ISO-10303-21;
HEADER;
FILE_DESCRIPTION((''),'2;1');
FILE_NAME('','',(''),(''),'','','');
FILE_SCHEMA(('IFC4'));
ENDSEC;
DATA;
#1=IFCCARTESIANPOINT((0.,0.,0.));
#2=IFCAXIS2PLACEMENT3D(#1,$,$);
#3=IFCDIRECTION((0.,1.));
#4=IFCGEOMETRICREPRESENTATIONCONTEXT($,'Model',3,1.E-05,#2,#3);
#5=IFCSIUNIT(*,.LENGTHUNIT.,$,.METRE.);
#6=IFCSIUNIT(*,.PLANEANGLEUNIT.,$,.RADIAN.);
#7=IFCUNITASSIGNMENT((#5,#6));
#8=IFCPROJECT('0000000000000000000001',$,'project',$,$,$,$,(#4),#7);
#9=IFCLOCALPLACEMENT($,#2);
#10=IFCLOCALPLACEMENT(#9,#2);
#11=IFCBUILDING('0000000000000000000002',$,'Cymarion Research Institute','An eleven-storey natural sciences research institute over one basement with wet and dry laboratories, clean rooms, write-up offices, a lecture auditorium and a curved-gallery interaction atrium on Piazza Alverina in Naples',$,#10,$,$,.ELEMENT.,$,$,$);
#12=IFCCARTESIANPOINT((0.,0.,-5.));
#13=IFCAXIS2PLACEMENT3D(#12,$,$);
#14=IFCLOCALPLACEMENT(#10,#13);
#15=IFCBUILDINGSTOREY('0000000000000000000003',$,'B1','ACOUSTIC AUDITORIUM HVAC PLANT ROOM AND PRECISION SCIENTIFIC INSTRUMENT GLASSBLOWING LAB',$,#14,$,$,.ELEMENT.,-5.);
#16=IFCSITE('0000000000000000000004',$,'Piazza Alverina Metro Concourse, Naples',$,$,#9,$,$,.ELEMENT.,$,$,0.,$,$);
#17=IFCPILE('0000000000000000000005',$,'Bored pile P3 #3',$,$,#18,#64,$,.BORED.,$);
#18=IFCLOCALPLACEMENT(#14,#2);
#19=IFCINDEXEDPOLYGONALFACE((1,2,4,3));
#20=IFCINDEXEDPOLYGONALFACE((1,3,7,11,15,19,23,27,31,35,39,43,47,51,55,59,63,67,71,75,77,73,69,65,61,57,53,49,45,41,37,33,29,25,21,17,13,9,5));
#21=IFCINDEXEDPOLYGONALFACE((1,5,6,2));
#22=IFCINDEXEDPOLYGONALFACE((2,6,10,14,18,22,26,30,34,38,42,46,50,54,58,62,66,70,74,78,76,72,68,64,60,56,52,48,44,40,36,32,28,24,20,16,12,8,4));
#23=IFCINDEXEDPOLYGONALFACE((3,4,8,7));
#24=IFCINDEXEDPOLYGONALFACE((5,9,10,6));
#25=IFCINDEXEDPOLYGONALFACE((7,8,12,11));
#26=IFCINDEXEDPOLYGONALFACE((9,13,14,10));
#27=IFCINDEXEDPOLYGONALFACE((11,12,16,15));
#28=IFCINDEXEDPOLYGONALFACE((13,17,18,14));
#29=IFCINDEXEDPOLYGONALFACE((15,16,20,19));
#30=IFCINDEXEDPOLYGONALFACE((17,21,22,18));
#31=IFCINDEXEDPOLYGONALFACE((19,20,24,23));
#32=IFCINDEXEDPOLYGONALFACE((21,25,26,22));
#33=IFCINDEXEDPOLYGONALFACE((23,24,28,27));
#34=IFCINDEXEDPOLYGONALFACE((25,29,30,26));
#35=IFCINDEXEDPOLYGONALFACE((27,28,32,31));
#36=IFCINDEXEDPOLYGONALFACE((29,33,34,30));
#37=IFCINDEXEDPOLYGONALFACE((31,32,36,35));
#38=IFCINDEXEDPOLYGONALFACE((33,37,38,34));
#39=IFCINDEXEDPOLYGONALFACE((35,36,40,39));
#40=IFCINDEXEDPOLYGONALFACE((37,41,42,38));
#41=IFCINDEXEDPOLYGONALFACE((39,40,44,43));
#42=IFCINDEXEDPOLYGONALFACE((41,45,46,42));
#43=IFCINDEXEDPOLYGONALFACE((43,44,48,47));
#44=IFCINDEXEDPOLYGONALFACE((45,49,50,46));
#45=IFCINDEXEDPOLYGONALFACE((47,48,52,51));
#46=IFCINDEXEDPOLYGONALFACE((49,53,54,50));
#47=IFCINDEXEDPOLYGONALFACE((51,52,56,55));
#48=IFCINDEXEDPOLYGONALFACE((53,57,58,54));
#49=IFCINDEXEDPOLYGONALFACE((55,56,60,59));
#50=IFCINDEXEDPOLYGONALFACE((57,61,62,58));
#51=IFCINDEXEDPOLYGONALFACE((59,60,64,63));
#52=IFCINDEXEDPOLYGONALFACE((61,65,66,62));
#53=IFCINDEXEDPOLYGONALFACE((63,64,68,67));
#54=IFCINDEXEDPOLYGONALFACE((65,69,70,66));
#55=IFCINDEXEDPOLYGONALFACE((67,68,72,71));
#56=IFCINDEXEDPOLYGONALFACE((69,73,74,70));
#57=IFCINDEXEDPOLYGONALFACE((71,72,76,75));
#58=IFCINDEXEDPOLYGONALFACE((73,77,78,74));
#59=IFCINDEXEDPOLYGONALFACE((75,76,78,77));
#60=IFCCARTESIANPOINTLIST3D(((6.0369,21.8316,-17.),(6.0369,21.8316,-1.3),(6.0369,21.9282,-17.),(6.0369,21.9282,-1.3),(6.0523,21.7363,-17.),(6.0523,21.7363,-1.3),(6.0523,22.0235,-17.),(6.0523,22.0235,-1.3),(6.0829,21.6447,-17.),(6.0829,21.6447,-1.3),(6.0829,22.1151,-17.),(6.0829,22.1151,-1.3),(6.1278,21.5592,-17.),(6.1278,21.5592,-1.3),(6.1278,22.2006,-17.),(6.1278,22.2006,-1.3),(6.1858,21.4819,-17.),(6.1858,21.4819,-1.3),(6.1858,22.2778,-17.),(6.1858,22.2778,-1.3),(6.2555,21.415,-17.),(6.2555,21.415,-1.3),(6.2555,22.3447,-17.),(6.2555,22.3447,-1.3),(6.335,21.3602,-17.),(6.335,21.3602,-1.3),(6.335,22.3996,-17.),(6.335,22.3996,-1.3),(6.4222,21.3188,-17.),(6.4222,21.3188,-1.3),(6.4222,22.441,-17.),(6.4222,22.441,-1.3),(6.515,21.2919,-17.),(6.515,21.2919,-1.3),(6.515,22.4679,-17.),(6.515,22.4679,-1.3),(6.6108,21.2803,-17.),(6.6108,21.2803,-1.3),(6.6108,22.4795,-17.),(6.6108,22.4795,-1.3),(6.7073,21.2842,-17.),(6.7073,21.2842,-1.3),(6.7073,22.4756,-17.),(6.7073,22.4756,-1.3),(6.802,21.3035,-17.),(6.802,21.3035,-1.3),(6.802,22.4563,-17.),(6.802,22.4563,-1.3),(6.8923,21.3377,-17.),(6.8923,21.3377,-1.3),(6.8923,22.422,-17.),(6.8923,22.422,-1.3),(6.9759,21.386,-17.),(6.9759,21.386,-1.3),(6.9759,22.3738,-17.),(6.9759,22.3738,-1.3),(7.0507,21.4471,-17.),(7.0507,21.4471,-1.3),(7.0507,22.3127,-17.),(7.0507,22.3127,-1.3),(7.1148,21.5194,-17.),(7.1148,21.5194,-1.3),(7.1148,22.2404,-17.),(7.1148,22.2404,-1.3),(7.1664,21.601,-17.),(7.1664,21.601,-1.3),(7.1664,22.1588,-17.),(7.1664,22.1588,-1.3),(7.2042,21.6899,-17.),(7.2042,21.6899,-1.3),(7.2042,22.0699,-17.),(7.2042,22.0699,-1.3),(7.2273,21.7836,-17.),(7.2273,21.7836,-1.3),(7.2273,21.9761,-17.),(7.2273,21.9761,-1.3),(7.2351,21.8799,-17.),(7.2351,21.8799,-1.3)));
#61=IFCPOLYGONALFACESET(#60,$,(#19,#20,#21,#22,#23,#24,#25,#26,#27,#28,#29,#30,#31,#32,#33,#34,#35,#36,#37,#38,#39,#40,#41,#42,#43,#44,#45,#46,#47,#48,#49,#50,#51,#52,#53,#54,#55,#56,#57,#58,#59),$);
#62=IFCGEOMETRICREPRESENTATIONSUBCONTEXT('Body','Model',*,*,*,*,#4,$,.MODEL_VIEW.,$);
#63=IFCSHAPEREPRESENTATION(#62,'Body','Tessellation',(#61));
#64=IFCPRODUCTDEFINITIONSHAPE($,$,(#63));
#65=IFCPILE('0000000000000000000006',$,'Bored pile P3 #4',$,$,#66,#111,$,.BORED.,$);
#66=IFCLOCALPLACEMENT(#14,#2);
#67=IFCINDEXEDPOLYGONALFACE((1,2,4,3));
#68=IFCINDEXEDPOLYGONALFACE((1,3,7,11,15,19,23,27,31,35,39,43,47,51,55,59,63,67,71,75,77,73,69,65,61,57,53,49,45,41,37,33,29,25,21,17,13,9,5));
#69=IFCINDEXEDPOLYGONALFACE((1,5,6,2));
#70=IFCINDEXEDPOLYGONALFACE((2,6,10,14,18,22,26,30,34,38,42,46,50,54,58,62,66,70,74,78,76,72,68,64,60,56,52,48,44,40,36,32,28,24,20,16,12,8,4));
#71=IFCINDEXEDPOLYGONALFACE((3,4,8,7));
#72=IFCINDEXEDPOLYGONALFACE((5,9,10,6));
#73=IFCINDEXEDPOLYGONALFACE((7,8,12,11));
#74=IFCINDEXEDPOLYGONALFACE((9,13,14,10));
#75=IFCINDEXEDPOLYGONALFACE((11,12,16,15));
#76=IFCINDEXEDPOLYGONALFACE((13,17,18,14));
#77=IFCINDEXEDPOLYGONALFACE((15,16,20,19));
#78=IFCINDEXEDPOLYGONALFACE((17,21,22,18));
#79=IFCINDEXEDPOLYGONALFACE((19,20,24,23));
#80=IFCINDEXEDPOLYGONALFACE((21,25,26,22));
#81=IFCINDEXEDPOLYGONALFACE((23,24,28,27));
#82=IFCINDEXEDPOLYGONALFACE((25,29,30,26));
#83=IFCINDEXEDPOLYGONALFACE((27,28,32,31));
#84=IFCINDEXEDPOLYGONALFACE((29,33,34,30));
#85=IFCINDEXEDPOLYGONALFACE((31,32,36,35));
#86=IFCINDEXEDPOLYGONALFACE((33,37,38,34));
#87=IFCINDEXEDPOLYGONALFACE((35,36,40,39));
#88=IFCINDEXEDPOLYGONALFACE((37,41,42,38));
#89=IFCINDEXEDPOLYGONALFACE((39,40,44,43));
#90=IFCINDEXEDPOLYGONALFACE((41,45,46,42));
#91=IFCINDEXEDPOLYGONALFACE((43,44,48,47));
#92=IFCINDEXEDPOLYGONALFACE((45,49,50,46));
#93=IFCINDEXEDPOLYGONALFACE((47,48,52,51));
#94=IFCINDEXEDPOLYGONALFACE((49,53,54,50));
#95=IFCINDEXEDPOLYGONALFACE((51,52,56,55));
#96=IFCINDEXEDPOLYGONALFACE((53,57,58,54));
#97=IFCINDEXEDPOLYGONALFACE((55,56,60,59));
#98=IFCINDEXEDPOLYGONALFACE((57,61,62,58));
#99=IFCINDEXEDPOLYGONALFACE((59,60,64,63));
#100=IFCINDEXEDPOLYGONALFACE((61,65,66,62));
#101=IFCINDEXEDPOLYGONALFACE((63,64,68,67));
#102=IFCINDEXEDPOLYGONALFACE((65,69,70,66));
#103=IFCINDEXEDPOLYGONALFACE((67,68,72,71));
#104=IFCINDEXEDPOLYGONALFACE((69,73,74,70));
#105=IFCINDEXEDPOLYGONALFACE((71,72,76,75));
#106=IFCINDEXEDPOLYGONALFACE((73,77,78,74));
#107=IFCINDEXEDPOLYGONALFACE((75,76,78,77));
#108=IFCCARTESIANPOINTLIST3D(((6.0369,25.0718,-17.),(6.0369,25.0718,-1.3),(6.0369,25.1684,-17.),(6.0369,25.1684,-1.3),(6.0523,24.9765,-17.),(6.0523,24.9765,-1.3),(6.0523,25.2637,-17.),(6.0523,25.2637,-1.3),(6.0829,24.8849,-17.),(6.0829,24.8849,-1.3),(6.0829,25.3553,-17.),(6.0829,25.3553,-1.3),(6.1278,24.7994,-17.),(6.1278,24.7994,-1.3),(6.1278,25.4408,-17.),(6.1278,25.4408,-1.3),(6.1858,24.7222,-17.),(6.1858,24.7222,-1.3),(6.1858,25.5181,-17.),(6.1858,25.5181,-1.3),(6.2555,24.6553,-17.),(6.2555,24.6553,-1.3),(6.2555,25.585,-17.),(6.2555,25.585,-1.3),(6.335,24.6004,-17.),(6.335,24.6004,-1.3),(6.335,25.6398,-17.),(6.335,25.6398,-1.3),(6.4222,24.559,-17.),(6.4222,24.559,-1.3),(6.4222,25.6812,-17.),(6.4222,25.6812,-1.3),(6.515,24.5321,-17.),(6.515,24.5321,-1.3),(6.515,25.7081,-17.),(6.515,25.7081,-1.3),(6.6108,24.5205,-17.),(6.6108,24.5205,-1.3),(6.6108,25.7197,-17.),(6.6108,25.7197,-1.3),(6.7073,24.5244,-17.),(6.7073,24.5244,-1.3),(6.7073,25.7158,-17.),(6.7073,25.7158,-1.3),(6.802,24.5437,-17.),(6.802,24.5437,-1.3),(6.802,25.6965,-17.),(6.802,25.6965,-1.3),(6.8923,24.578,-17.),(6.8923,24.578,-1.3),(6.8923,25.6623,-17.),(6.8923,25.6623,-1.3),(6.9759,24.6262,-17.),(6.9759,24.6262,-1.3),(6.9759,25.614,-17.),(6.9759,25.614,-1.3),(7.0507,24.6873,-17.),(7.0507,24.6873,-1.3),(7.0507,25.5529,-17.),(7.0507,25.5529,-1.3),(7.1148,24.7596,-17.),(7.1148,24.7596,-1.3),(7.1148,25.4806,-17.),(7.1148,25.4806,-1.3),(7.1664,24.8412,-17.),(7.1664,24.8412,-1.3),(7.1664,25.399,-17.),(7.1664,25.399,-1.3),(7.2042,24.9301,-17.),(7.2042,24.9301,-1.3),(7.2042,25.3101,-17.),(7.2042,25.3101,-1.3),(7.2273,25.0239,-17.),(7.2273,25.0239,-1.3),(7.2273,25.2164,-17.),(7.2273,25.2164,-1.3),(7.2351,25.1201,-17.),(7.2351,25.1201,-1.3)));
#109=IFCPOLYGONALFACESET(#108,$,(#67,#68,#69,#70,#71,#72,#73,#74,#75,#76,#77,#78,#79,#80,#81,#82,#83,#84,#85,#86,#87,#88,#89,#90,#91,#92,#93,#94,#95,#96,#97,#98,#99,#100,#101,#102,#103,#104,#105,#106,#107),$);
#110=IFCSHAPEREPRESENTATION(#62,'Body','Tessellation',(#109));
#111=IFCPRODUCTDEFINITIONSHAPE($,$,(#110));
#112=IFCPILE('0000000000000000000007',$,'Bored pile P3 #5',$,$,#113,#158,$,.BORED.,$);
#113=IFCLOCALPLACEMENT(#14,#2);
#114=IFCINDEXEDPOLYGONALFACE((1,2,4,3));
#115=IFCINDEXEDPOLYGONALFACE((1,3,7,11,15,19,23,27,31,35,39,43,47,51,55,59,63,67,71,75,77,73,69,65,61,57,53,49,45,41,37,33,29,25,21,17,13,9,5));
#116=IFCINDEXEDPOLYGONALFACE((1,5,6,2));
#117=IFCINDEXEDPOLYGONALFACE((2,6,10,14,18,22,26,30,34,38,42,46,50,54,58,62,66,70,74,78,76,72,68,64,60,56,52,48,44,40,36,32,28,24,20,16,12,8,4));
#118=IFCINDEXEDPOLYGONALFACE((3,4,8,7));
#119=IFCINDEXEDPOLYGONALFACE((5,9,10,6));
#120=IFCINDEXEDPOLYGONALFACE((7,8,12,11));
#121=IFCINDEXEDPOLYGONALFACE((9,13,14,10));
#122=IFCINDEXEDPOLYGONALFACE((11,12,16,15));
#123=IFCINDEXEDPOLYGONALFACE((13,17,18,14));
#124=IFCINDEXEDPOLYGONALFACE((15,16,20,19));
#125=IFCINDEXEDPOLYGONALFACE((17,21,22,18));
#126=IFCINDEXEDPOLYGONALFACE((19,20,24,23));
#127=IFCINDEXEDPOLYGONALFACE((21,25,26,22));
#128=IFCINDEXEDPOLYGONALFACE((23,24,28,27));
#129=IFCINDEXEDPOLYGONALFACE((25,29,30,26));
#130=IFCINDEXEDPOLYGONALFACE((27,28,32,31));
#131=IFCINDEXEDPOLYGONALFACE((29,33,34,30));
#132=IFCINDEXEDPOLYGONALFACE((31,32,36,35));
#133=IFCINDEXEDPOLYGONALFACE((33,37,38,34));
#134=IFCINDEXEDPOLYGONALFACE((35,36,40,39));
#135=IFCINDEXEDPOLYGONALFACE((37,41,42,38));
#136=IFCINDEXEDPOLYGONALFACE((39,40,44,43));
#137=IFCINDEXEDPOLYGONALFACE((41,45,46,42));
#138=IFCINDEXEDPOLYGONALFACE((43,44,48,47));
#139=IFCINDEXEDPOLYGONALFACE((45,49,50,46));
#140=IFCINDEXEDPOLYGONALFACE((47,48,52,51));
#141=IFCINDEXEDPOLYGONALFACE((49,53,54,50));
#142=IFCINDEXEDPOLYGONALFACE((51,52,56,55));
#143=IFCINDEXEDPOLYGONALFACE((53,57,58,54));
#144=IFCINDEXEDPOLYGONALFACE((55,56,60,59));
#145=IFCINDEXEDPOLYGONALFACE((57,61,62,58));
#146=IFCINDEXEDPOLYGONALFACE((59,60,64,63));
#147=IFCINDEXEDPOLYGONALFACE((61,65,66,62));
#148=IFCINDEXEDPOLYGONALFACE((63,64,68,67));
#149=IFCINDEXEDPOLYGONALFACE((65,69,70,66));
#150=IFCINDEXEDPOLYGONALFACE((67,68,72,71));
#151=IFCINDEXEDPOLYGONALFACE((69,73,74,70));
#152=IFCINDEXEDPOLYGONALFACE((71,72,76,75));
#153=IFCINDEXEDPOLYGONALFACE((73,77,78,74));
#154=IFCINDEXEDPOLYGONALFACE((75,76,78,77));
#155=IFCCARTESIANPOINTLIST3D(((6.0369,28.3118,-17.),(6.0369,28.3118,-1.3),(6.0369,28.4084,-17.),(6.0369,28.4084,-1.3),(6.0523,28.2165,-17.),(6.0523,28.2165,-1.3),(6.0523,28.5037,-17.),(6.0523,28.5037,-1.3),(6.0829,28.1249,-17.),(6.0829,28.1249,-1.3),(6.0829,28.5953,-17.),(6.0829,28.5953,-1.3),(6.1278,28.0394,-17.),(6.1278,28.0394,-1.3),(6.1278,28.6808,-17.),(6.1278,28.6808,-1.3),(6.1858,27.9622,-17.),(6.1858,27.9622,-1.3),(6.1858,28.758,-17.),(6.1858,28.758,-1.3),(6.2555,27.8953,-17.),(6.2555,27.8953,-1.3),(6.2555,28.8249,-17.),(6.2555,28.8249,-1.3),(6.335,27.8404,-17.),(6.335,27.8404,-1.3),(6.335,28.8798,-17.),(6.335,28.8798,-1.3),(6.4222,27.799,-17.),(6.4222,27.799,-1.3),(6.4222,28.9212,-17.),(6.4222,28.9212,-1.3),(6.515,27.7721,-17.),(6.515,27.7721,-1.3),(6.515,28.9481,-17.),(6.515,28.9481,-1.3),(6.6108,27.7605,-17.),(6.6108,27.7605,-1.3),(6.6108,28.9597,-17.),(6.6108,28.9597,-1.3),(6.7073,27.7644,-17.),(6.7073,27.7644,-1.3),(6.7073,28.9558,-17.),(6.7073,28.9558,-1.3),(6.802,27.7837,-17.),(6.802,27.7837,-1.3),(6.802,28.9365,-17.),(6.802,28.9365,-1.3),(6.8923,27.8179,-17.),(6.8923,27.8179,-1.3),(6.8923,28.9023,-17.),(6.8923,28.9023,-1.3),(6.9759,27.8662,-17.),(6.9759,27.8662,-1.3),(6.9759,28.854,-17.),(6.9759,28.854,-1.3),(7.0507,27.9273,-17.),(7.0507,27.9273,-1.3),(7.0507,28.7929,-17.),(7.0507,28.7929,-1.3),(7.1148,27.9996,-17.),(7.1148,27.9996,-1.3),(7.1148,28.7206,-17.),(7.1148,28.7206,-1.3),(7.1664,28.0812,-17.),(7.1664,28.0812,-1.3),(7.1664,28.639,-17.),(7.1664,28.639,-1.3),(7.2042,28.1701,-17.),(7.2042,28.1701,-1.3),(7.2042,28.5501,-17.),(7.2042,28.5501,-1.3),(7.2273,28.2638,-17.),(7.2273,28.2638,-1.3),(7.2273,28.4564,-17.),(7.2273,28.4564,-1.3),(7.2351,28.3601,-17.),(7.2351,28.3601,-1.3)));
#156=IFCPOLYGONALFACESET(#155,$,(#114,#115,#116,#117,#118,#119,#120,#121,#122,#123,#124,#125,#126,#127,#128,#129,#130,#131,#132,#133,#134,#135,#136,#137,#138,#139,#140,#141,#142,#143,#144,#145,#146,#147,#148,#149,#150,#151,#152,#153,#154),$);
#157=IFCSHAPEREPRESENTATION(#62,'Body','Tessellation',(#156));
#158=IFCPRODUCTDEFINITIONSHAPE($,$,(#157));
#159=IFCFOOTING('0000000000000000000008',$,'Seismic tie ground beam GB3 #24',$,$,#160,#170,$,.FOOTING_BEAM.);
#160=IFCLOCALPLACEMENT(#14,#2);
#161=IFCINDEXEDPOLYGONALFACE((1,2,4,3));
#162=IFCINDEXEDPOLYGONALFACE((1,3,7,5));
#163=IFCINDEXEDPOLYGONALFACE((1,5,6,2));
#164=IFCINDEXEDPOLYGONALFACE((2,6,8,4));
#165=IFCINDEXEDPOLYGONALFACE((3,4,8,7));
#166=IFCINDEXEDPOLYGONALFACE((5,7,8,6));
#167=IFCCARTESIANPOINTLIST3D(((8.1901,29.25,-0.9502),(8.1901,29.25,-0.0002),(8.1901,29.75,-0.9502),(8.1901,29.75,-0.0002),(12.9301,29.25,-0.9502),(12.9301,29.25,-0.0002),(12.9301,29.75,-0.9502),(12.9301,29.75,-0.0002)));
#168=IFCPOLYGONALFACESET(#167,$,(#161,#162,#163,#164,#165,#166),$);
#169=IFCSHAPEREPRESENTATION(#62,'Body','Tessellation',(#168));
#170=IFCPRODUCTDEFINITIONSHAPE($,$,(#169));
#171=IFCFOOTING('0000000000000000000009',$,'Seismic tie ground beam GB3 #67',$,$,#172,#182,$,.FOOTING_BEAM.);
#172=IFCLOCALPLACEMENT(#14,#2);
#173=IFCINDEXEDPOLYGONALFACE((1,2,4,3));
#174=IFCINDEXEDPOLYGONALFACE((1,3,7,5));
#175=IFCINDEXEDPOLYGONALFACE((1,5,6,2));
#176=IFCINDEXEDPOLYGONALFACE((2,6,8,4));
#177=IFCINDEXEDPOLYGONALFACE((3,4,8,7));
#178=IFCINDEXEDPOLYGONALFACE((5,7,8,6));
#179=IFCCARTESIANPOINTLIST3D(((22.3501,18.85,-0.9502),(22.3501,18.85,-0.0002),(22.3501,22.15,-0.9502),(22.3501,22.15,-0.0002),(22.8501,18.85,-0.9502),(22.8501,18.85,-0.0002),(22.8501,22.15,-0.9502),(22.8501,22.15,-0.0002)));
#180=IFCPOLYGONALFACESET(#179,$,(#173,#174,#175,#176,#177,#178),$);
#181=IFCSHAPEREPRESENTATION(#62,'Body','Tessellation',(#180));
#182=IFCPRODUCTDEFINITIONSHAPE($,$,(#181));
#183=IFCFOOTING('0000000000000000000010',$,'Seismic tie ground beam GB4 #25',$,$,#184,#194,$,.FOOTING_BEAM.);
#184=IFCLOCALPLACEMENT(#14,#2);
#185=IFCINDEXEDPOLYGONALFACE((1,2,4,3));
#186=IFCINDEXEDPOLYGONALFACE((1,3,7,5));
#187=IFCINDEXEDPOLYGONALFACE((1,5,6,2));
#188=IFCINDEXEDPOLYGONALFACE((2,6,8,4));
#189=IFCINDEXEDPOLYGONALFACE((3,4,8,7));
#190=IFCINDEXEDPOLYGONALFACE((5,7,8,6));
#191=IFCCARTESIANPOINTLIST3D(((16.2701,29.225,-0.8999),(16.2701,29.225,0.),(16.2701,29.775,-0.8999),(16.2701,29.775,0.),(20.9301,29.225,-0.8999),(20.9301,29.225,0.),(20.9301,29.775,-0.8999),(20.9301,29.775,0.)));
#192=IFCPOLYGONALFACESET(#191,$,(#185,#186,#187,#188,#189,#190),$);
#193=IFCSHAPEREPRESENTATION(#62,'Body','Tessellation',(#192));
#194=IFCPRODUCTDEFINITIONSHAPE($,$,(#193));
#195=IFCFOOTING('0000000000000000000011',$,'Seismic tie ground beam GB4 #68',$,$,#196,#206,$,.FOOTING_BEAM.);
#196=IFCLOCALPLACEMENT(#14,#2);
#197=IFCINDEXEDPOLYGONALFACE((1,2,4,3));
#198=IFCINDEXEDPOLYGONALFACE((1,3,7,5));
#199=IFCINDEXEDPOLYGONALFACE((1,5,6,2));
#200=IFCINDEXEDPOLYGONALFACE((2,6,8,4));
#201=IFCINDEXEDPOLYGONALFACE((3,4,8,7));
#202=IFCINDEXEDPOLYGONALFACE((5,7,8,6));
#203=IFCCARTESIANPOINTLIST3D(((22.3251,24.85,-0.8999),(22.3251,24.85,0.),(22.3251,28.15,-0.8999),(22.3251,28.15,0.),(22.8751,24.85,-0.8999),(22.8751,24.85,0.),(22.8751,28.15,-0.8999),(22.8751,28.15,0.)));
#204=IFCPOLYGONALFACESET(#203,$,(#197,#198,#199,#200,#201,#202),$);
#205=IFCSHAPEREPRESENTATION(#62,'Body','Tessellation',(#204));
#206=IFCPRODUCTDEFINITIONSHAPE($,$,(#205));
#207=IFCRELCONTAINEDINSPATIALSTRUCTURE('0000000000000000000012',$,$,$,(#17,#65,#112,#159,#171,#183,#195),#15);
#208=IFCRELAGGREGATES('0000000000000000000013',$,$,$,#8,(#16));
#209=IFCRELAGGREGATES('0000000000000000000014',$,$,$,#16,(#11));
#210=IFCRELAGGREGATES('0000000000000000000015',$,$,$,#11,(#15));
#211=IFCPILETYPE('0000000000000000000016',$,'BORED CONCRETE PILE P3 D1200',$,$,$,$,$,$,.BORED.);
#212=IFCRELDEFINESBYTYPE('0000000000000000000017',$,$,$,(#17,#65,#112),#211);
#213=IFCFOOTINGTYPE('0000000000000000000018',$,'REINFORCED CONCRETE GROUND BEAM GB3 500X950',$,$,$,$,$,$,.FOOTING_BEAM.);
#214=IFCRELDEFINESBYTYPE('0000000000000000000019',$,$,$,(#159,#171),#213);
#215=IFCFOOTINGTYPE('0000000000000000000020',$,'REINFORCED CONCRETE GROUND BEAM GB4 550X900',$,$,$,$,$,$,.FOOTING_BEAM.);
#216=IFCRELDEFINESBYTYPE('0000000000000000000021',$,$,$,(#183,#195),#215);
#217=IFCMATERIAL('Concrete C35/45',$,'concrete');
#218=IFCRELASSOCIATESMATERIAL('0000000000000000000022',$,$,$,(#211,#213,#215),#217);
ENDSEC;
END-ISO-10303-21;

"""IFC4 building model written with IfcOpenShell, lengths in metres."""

from ifc_helpers import new_model, si_unit, direction, frame, origin, origin_2d, place, context, subcontext, project, spatial, rectangle, circle, extrude, material, material_profile, profile_set, type_object, element, save


model = new_model("IFC4")

# Units and contexts
model_context = context("Model", 3, precision=1e-05, world=origin(), true_north=direction((0.0, 1.0)))
body_context = subcontext(model_context, "Body", "Model", "MODEL_VIEW")
ifc_project = project(units=[si_unit("LENGTHUNIT", "METRE"), si_unit("PLANEANGLEUNIT", "RADIAN")], contexts=[model_context])

# Site, building, storey
site_placement = place(None, origin())
site = spatial("IfcSite", under=ifc_project, at=site_placement, Name="Piazza Alverina Metro Concourse, Naples", CompositionType="ELEMENT", RefElevation=0.0)
building_placement = place(site_placement, origin())
building = spatial("IfcBuilding", under=site, at=building_placement, Name="Cymarion Research Institute", Description="An eleven-storey natural sciences research institute over one basement with wet and dry laboratories, clean rooms, write-up offices, a lecture auditorium and a curved-gallery interaction atrium on Piazza Alverina in Naples", CompositionType="ELEMENT")
storey_placement = place(building_placement, frame((0.0, 0.0, -5.0)))
storey = spatial("IfcBuildingStorey", under=building, at=storey_placement, Name="B1", Description="ACOUSTIC AUDITORIUM HVAC PLANT ROOM AND PRECISION SCIENTIFIC INSTRUMENT GLASSBLOWING LAB", CompositionType="ELEMENT", Elevation=-5.0)

# Piles
ifc_material_1 = material(Name="Concrete C35/45", Category="concrete")
ifc_material_profile_1 = material_profile(ifc_material_1, circle(Radius=0.6001, at=origin_2d()), Name="BORED PILE D1200")
ifc_profile_set_1 = profile_set([ifc_material_profile_1], Name="Concrete C35/45")
pile_type_1 = type_object("IfcPileType", Name="BORED CONCRETE PILE P3 D1200", PredefinedType="BORED", material=ifc_profile_set_1)
for number, where, z_axis, x_axis, name in (
    (1, (6.635, 21.8799, -1.3), (0.0, 0.0, -1.0), (1.0, 0.0, 0.0), "Bored pile P3 #3"),
    (2, (6.635, 25.1201, -1.3), (0.0, 0.0, -1.0), (1.0, 0.0, 0.0), "Bored pile P3 #4"),
    (3, (6.635, 28.3601, -1.3), (0.0, 0.0, -1.0), (1.0, 0.0, 0.0), "Bored pile P3 #5"),
):
    element("IfcPile", number, at=place(storey_placement, frame(where, z_axis=z_axis, x_axis=x_axis)), inside=storey, type_object=pile_type_1, Name=name, PredefinedType="BORED", context=body_context, shape_type="SweptSolid", body=[
        extrude(circle(Radius=0.6001, at=origin_2d()), origin(), (0.0, 0.0, 1.0), 15.7),
    ])

# Footings
footing_type_1 = type_object("IfcFootingType", Name="REINFORCED CONCRETE GROUND BEAM GB3 500X950", PredefinedType="FOOTING_BEAM", material=ifc_material_1)
footing_1_placement = place(storey_placement, frame((10.5601, 29.5, -0.9502), z_axis=(0.0, 0.0, 1.0), x_axis=(1.0, 0.0, 0.0)))
element("IfcFooting", 4, at=footing_1_placement, inside=storey, type_object=footing_type_1, Name="Seismic tie ground beam GB3 #24", PredefinedType="FOOTING_BEAM", context=body_context, shape_type="SweptSolid", body=[
    extrude(rectangle(XDim=4.74, YDim=0.5, at=origin_2d()), origin(), (0.0, 0.0, 1.0), 0.95),
])
footing_2_placement = place(storey_placement, frame((22.6001, 20.5, -0.9502), z_axis=(0.0, 0.0, 1.0), x_axis=(0.0, 1.0, 0.0)))
element("IfcFooting", 5, at=footing_2_placement, inside=storey, type_object=footing_type_1, Name="Seismic tie ground beam GB3 #67", PredefinedType="FOOTING_BEAM", context=body_context, shape_type="SweptSolid", body=[
    extrude(rectangle(XDim=3.3, YDim=0.5, at=origin_2d()), origin(), (0.0, 0.0, 1.0), 0.95),
])
footing_type_2 = type_object("IfcFootingType", Name="REINFORCED CONCRETE GROUND BEAM GB4 550X900", PredefinedType="FOOTING_BEAM", material=ifc_material_1)
footing_3_placement = place(storey_placement, frame((18.6001, 29.5, -0.8999), z_axis=(0.0, 0.0, 1.0), x_axis=(1.0, 0.0, 0.0)))
element("IfcFooting", 6, at=footing_3_placement, inside=storey, type_object=footing_type_2, Name="Seismic tie ground beam GB4 #25", PredefinedType="FOOTING_BEAM", context=body_context, shape_type="SweptSolid", body=[
    extrude(rectangle(XDim=4.6599, YDim=0.55, at=origin_2d()), origin(), (0.0, 0.0, 1.0), 0.8999),
])
footing_4_placement = place(storey_placement, frame((22.6001, 26.5, -0.8999), z_axis=(0.0, 0.0, 1.0), x_axis=(0.0, 1.0, 0.0)))
element("IfcFooting", 7, at=footing_4_placement, inside=storey, type_object=footing_type_2, Name="Seismic tie ground beam GB4 #68", PredefinedType="FOOTING_BEAM", context=body_context, shape_type="SweptSolid", body=[
    extrude(rectangle(XDim=3.3, YDim=0.55, at=origin_2d()), origin(), (0.0, 0.0, 1.0), 0.8999),
])

save(model, "model.ifc")
